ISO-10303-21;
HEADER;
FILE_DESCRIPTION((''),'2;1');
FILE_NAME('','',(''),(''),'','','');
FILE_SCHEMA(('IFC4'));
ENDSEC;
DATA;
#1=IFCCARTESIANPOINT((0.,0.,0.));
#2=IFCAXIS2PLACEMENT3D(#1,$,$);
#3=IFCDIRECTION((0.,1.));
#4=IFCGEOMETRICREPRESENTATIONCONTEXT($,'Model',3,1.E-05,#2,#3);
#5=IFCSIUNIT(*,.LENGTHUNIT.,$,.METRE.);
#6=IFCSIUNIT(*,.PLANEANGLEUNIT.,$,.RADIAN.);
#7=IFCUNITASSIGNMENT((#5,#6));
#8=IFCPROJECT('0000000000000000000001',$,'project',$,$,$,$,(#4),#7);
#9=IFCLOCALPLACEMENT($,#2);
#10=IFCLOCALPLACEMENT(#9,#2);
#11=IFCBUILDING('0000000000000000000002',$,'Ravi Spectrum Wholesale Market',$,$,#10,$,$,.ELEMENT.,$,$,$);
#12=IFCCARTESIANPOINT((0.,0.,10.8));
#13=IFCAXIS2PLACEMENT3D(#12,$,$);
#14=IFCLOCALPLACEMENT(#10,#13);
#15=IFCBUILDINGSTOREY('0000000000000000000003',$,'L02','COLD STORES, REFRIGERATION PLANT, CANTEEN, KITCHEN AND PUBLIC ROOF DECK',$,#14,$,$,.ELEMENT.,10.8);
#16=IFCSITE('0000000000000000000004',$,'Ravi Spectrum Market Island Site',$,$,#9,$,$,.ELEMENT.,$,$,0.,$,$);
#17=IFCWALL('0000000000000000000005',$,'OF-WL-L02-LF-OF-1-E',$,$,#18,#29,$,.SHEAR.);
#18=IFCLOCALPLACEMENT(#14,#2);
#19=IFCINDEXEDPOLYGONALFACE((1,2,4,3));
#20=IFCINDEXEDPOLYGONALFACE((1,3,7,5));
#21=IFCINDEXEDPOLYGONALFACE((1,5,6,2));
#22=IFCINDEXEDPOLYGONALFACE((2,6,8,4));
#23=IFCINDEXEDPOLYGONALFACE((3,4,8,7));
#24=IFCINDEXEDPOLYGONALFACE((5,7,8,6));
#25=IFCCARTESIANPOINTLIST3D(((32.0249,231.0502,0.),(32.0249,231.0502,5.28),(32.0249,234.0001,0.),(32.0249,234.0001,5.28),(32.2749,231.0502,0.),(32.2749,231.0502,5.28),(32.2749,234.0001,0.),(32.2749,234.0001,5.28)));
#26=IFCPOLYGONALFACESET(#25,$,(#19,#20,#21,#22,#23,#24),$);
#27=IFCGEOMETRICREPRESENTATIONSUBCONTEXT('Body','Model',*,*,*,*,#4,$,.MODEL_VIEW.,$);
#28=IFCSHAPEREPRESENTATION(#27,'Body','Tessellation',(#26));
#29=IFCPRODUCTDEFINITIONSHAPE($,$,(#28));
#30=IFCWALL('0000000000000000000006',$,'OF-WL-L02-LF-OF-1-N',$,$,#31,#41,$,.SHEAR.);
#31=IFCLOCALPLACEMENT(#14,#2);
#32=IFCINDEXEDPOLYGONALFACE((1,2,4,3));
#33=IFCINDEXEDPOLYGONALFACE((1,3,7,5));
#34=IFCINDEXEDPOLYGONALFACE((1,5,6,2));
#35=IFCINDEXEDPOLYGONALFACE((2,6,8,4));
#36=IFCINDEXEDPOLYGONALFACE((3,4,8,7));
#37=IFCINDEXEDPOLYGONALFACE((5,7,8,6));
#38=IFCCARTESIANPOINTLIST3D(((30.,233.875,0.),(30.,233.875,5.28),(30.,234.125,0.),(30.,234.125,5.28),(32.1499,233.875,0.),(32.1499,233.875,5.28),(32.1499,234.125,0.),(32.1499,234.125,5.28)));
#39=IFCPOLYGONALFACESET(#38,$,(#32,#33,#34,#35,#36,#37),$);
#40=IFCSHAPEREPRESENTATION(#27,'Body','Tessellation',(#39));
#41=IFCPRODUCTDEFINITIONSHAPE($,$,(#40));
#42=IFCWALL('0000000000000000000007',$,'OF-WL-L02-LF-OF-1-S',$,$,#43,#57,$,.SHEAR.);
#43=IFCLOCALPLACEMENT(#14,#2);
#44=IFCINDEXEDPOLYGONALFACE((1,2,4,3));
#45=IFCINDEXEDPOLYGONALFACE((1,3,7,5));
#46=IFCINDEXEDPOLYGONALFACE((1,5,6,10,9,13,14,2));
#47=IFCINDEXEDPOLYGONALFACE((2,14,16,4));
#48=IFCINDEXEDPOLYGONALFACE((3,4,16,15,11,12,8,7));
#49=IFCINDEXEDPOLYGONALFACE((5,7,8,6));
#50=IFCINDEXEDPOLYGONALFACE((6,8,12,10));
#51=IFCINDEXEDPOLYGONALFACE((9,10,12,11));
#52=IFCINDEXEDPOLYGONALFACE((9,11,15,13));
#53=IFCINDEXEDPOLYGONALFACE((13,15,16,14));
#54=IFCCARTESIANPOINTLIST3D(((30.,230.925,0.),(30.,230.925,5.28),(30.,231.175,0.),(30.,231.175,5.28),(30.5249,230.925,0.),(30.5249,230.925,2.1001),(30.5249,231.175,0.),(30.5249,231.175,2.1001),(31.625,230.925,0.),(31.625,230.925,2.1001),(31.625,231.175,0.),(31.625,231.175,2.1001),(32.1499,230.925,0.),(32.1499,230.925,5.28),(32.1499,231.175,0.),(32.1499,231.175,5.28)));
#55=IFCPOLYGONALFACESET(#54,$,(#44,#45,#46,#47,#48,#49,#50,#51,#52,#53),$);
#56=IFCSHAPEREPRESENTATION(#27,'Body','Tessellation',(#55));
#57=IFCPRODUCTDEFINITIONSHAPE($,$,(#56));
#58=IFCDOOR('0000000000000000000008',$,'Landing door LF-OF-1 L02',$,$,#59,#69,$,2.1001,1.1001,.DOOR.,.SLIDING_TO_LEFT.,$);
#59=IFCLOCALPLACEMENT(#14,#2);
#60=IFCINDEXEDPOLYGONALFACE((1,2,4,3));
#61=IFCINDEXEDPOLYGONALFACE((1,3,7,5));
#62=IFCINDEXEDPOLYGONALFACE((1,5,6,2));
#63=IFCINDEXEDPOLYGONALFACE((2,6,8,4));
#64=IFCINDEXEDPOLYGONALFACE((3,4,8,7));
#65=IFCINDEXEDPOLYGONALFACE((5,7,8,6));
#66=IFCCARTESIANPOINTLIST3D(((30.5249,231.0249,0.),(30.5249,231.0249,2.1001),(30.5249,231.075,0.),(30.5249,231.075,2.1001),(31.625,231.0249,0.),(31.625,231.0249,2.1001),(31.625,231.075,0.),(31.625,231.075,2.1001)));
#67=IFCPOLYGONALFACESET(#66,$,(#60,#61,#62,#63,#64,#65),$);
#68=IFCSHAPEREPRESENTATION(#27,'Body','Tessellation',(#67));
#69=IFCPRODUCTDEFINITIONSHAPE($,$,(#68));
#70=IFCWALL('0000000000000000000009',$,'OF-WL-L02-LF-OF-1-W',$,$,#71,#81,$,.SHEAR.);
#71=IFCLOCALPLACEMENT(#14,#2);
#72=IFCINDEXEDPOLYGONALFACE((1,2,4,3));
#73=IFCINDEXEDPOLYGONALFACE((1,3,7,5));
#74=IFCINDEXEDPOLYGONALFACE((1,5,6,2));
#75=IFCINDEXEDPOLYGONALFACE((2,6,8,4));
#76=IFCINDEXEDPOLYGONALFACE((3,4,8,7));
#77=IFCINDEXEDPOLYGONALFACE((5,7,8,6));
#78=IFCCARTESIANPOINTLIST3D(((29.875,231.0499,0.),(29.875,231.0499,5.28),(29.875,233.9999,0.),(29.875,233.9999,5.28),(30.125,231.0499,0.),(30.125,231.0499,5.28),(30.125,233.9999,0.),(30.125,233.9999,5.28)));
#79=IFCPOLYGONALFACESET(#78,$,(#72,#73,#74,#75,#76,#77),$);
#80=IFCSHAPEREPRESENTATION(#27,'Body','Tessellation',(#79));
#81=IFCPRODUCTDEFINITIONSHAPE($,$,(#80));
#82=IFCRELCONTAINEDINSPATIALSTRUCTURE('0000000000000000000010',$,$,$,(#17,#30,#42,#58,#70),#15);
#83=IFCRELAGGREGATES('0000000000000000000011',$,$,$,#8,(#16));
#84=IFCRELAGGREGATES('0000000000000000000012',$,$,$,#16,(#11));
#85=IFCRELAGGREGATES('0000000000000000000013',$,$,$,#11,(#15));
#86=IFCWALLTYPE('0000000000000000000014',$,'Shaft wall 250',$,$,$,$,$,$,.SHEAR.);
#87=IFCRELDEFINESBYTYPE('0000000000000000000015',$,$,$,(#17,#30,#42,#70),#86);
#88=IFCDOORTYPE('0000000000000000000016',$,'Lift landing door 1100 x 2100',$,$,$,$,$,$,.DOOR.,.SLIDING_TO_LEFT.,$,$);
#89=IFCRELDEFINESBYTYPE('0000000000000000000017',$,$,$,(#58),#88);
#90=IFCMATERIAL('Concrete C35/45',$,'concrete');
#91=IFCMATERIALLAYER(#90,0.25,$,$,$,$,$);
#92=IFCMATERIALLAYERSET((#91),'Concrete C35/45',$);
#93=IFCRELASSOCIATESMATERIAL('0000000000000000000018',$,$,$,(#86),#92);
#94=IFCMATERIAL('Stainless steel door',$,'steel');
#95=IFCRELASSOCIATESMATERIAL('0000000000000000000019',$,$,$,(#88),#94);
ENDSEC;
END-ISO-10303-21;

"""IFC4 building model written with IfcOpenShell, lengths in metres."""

from ifc_helpers import new_model, si_unit, direction, frame, frame_2d, origin, place, context, subcontext, project, spatial, rectangle, extrude, material, layer, layer_set, type_object, element, fill, save


model = new_model("IFC4")

# Units and contexts
model_context = context("Model", 3, precision=1e-05, world=origin(), true_north=direction((0.0, 1.0)))
body_context = subcontext(model_context, "Body", "Model", "MODEL_VIEW")
ifc_project = project(units=[si_unit("LENGTHUNIT", "METRE"), si_unit("PLANEANGLEUNIT", "RADIAN")], contexts=[model_context])

# Site, building, storey
site_placement = place(None, origin())
site = spatial("IfcSite", under=ifc_project, at=site_placement, Name="Ravi Spectrum Market Island Site", CompositionType="ELEMENT", RefElevation=0.0)
building_placement = place(site_placement, origin())
building = spatial("IfcBuilding", under=site, at=building_placement, Name="Ravi Spectrum Wholesale Market", CompositionType="ELEMENT")
storey_placement = place(building_placement, frame((0.0, 0.0, 10.8)))
storey = spatial("IfcBuildingStorey", under=building, at=storey_placement, Name="L02", Description="COLD STORES, REFRIGERATION PLANT, CANTEEN, KITCHEN AND PUBLIC ROOF DECK", CompositionType="ELEMENT", Elevation=10.8)

# Walls
ifc_material_1 = material(Name="Concrete C35/45", Category="concrete")
ifc_layer_1 = layer(ifc_material_1, 0.25)
ifc_layer_set_1 = layer_set([ifc_layer_1], Name="Concrete C35/45")
wall_type_1 = type_object("IfcWallType", Name="Shaft wall 250", PredefinedType="SHEAR", material=ifc_layer_set_1)
wall_1_placement = place(storey_placement, frame((32.1499, 231.05, 0.0), z_axis=(0.0, 0.0, 1.0), x_axis=(0.0, 1.0, 0.0)))
element("IfcWall", 1, at=wall_1_placement, inside=storey, type_object=wall_type_1, Name="OF-WL-L02-LF-OF-1-E", PredefinedType="SHEAR", context=body_context, shape_type="SweptSolid", body=[
    extrude(rectangle(XDim=2.95, YDim=0.25, at=frame_2d((1.4751, 0.0))), origin(), (0.0, 0.0, 1.0), 5.28),
])
wall_2_placement = place(storey_placement, frame((32.1499, 234.0, 0.0), z_axis=(0.0, 0.0, 1.0), x_axis=(-1.0, 0.0, 0.0)))
element("IfcWall", 2, at=wall_2_placement, inside=storey, type_object=wall_type_1, Name="OF-WL-L02-LF-OF-1-N", PredefinedType="SHEAR", context=body_context, shape_type="SweptSolid", body=[
    extrude(rectangle(XDim=2.1499, YDim=0.25, at=frame_2d((1.075, 0.0))), origin(), (0.0, 0.0, 1.0), 5.28),
])

# Wall, opening, door
wall_3_placement = place(storey_placement, frame((30.0, 231.05, 0.0), z_axis=(0.0, 0.0, 1.0), x_axis=(1.0, 0.0, 0.0)))
wall_3 = element("IfcWall", 3, at=wall_3_placement, inside=storey, type_object=wall_type_1, Name="OF-WL-L02-LF-OF-1-S", PredefinedType="SHEAR", context=body_context, shape_type="SweptSolid", body=[
    extrude(rectangle(XDim=2.1499, YDim=0.25, at=frame_2d((1.075, 0.0))), origin(), (0.0, 0.0, 1.0), 5.28),
])
opening_placement = place(wall_3_placement, frame((0.5249, 0.0, 0.0)))
opening = element("IfcOpeningElement", 4, at=opening_placement, cuts=wall_3, PredefinedType="OPENING", context=body_context, shape_type="SweptSolid", body=[
    extrude(rectangle(XDim=1.1001, YDim=2.1001, at=frame_2d((0.55, 1.05))), frame((0.0, 0.135, 0.0), z_axis=(0.0, -1.0, 0.0), x_axis=(1.0, 0.0, 0.0)), (0.0, 0.0, 1.0), 0.27),
])
ifc_material_2 = material(Name="Stainless steel door", Category="steel")
door_type = type_object("IfcDoorType", Name="Lift landing door 1100 x 2100", OperationType="SLIDING_TO_LEFT", PredefinedType="DOOR", material=ifc_material_2)
door_placement = place(opening_placement, origin())
door = element("IfcDoor", 5, at=door_placement, inside=storey, type_object=door_type, Name="Landing door LF-OF-1 L02", OperationType="SLIDING_TO_LEFT", OverallHeight=2.1001, OverallWidth=1.1001, PredefinedType="DOOR", context=body_context, shape_type="SweptSolid", body=[
    extrude(rectangle(XDim=1.1001, YDim=2.1001, at=frame_2d((0.55, 1.05))), frame((0.0, 0.0249, 0.0), z_axis=(0.0, -1.0, 0.0), x_axis=(1.0, 0.0, 0.0)), (0.0, 0.0, 1.0), 0.05),
])
fill(opening, door)

# Wall
wall_4_placement = place(storey_placement, frame((30.0, 234.0, 0.0), z_axis=(0.0, 0.0, 1.0), x_axis=(0.0, -1.0, 0.0)))
element("IfcWall", 6, at=wall_4_placement, inside=storey, type_object=wall_type_1, Name="OF-WL-L02-LF-OF-1-W", PredefinedType="SHEAR", context=body_context, shape_type="SweptSolid", body=[
    extrude(rectangle(XDim=2.95, YDim=0.25, at=frame_2d((1.4751, 0.0))), origin(), (0.0, 0.0, 1.0), 5.28),
])

save(model, "model.ifc")
